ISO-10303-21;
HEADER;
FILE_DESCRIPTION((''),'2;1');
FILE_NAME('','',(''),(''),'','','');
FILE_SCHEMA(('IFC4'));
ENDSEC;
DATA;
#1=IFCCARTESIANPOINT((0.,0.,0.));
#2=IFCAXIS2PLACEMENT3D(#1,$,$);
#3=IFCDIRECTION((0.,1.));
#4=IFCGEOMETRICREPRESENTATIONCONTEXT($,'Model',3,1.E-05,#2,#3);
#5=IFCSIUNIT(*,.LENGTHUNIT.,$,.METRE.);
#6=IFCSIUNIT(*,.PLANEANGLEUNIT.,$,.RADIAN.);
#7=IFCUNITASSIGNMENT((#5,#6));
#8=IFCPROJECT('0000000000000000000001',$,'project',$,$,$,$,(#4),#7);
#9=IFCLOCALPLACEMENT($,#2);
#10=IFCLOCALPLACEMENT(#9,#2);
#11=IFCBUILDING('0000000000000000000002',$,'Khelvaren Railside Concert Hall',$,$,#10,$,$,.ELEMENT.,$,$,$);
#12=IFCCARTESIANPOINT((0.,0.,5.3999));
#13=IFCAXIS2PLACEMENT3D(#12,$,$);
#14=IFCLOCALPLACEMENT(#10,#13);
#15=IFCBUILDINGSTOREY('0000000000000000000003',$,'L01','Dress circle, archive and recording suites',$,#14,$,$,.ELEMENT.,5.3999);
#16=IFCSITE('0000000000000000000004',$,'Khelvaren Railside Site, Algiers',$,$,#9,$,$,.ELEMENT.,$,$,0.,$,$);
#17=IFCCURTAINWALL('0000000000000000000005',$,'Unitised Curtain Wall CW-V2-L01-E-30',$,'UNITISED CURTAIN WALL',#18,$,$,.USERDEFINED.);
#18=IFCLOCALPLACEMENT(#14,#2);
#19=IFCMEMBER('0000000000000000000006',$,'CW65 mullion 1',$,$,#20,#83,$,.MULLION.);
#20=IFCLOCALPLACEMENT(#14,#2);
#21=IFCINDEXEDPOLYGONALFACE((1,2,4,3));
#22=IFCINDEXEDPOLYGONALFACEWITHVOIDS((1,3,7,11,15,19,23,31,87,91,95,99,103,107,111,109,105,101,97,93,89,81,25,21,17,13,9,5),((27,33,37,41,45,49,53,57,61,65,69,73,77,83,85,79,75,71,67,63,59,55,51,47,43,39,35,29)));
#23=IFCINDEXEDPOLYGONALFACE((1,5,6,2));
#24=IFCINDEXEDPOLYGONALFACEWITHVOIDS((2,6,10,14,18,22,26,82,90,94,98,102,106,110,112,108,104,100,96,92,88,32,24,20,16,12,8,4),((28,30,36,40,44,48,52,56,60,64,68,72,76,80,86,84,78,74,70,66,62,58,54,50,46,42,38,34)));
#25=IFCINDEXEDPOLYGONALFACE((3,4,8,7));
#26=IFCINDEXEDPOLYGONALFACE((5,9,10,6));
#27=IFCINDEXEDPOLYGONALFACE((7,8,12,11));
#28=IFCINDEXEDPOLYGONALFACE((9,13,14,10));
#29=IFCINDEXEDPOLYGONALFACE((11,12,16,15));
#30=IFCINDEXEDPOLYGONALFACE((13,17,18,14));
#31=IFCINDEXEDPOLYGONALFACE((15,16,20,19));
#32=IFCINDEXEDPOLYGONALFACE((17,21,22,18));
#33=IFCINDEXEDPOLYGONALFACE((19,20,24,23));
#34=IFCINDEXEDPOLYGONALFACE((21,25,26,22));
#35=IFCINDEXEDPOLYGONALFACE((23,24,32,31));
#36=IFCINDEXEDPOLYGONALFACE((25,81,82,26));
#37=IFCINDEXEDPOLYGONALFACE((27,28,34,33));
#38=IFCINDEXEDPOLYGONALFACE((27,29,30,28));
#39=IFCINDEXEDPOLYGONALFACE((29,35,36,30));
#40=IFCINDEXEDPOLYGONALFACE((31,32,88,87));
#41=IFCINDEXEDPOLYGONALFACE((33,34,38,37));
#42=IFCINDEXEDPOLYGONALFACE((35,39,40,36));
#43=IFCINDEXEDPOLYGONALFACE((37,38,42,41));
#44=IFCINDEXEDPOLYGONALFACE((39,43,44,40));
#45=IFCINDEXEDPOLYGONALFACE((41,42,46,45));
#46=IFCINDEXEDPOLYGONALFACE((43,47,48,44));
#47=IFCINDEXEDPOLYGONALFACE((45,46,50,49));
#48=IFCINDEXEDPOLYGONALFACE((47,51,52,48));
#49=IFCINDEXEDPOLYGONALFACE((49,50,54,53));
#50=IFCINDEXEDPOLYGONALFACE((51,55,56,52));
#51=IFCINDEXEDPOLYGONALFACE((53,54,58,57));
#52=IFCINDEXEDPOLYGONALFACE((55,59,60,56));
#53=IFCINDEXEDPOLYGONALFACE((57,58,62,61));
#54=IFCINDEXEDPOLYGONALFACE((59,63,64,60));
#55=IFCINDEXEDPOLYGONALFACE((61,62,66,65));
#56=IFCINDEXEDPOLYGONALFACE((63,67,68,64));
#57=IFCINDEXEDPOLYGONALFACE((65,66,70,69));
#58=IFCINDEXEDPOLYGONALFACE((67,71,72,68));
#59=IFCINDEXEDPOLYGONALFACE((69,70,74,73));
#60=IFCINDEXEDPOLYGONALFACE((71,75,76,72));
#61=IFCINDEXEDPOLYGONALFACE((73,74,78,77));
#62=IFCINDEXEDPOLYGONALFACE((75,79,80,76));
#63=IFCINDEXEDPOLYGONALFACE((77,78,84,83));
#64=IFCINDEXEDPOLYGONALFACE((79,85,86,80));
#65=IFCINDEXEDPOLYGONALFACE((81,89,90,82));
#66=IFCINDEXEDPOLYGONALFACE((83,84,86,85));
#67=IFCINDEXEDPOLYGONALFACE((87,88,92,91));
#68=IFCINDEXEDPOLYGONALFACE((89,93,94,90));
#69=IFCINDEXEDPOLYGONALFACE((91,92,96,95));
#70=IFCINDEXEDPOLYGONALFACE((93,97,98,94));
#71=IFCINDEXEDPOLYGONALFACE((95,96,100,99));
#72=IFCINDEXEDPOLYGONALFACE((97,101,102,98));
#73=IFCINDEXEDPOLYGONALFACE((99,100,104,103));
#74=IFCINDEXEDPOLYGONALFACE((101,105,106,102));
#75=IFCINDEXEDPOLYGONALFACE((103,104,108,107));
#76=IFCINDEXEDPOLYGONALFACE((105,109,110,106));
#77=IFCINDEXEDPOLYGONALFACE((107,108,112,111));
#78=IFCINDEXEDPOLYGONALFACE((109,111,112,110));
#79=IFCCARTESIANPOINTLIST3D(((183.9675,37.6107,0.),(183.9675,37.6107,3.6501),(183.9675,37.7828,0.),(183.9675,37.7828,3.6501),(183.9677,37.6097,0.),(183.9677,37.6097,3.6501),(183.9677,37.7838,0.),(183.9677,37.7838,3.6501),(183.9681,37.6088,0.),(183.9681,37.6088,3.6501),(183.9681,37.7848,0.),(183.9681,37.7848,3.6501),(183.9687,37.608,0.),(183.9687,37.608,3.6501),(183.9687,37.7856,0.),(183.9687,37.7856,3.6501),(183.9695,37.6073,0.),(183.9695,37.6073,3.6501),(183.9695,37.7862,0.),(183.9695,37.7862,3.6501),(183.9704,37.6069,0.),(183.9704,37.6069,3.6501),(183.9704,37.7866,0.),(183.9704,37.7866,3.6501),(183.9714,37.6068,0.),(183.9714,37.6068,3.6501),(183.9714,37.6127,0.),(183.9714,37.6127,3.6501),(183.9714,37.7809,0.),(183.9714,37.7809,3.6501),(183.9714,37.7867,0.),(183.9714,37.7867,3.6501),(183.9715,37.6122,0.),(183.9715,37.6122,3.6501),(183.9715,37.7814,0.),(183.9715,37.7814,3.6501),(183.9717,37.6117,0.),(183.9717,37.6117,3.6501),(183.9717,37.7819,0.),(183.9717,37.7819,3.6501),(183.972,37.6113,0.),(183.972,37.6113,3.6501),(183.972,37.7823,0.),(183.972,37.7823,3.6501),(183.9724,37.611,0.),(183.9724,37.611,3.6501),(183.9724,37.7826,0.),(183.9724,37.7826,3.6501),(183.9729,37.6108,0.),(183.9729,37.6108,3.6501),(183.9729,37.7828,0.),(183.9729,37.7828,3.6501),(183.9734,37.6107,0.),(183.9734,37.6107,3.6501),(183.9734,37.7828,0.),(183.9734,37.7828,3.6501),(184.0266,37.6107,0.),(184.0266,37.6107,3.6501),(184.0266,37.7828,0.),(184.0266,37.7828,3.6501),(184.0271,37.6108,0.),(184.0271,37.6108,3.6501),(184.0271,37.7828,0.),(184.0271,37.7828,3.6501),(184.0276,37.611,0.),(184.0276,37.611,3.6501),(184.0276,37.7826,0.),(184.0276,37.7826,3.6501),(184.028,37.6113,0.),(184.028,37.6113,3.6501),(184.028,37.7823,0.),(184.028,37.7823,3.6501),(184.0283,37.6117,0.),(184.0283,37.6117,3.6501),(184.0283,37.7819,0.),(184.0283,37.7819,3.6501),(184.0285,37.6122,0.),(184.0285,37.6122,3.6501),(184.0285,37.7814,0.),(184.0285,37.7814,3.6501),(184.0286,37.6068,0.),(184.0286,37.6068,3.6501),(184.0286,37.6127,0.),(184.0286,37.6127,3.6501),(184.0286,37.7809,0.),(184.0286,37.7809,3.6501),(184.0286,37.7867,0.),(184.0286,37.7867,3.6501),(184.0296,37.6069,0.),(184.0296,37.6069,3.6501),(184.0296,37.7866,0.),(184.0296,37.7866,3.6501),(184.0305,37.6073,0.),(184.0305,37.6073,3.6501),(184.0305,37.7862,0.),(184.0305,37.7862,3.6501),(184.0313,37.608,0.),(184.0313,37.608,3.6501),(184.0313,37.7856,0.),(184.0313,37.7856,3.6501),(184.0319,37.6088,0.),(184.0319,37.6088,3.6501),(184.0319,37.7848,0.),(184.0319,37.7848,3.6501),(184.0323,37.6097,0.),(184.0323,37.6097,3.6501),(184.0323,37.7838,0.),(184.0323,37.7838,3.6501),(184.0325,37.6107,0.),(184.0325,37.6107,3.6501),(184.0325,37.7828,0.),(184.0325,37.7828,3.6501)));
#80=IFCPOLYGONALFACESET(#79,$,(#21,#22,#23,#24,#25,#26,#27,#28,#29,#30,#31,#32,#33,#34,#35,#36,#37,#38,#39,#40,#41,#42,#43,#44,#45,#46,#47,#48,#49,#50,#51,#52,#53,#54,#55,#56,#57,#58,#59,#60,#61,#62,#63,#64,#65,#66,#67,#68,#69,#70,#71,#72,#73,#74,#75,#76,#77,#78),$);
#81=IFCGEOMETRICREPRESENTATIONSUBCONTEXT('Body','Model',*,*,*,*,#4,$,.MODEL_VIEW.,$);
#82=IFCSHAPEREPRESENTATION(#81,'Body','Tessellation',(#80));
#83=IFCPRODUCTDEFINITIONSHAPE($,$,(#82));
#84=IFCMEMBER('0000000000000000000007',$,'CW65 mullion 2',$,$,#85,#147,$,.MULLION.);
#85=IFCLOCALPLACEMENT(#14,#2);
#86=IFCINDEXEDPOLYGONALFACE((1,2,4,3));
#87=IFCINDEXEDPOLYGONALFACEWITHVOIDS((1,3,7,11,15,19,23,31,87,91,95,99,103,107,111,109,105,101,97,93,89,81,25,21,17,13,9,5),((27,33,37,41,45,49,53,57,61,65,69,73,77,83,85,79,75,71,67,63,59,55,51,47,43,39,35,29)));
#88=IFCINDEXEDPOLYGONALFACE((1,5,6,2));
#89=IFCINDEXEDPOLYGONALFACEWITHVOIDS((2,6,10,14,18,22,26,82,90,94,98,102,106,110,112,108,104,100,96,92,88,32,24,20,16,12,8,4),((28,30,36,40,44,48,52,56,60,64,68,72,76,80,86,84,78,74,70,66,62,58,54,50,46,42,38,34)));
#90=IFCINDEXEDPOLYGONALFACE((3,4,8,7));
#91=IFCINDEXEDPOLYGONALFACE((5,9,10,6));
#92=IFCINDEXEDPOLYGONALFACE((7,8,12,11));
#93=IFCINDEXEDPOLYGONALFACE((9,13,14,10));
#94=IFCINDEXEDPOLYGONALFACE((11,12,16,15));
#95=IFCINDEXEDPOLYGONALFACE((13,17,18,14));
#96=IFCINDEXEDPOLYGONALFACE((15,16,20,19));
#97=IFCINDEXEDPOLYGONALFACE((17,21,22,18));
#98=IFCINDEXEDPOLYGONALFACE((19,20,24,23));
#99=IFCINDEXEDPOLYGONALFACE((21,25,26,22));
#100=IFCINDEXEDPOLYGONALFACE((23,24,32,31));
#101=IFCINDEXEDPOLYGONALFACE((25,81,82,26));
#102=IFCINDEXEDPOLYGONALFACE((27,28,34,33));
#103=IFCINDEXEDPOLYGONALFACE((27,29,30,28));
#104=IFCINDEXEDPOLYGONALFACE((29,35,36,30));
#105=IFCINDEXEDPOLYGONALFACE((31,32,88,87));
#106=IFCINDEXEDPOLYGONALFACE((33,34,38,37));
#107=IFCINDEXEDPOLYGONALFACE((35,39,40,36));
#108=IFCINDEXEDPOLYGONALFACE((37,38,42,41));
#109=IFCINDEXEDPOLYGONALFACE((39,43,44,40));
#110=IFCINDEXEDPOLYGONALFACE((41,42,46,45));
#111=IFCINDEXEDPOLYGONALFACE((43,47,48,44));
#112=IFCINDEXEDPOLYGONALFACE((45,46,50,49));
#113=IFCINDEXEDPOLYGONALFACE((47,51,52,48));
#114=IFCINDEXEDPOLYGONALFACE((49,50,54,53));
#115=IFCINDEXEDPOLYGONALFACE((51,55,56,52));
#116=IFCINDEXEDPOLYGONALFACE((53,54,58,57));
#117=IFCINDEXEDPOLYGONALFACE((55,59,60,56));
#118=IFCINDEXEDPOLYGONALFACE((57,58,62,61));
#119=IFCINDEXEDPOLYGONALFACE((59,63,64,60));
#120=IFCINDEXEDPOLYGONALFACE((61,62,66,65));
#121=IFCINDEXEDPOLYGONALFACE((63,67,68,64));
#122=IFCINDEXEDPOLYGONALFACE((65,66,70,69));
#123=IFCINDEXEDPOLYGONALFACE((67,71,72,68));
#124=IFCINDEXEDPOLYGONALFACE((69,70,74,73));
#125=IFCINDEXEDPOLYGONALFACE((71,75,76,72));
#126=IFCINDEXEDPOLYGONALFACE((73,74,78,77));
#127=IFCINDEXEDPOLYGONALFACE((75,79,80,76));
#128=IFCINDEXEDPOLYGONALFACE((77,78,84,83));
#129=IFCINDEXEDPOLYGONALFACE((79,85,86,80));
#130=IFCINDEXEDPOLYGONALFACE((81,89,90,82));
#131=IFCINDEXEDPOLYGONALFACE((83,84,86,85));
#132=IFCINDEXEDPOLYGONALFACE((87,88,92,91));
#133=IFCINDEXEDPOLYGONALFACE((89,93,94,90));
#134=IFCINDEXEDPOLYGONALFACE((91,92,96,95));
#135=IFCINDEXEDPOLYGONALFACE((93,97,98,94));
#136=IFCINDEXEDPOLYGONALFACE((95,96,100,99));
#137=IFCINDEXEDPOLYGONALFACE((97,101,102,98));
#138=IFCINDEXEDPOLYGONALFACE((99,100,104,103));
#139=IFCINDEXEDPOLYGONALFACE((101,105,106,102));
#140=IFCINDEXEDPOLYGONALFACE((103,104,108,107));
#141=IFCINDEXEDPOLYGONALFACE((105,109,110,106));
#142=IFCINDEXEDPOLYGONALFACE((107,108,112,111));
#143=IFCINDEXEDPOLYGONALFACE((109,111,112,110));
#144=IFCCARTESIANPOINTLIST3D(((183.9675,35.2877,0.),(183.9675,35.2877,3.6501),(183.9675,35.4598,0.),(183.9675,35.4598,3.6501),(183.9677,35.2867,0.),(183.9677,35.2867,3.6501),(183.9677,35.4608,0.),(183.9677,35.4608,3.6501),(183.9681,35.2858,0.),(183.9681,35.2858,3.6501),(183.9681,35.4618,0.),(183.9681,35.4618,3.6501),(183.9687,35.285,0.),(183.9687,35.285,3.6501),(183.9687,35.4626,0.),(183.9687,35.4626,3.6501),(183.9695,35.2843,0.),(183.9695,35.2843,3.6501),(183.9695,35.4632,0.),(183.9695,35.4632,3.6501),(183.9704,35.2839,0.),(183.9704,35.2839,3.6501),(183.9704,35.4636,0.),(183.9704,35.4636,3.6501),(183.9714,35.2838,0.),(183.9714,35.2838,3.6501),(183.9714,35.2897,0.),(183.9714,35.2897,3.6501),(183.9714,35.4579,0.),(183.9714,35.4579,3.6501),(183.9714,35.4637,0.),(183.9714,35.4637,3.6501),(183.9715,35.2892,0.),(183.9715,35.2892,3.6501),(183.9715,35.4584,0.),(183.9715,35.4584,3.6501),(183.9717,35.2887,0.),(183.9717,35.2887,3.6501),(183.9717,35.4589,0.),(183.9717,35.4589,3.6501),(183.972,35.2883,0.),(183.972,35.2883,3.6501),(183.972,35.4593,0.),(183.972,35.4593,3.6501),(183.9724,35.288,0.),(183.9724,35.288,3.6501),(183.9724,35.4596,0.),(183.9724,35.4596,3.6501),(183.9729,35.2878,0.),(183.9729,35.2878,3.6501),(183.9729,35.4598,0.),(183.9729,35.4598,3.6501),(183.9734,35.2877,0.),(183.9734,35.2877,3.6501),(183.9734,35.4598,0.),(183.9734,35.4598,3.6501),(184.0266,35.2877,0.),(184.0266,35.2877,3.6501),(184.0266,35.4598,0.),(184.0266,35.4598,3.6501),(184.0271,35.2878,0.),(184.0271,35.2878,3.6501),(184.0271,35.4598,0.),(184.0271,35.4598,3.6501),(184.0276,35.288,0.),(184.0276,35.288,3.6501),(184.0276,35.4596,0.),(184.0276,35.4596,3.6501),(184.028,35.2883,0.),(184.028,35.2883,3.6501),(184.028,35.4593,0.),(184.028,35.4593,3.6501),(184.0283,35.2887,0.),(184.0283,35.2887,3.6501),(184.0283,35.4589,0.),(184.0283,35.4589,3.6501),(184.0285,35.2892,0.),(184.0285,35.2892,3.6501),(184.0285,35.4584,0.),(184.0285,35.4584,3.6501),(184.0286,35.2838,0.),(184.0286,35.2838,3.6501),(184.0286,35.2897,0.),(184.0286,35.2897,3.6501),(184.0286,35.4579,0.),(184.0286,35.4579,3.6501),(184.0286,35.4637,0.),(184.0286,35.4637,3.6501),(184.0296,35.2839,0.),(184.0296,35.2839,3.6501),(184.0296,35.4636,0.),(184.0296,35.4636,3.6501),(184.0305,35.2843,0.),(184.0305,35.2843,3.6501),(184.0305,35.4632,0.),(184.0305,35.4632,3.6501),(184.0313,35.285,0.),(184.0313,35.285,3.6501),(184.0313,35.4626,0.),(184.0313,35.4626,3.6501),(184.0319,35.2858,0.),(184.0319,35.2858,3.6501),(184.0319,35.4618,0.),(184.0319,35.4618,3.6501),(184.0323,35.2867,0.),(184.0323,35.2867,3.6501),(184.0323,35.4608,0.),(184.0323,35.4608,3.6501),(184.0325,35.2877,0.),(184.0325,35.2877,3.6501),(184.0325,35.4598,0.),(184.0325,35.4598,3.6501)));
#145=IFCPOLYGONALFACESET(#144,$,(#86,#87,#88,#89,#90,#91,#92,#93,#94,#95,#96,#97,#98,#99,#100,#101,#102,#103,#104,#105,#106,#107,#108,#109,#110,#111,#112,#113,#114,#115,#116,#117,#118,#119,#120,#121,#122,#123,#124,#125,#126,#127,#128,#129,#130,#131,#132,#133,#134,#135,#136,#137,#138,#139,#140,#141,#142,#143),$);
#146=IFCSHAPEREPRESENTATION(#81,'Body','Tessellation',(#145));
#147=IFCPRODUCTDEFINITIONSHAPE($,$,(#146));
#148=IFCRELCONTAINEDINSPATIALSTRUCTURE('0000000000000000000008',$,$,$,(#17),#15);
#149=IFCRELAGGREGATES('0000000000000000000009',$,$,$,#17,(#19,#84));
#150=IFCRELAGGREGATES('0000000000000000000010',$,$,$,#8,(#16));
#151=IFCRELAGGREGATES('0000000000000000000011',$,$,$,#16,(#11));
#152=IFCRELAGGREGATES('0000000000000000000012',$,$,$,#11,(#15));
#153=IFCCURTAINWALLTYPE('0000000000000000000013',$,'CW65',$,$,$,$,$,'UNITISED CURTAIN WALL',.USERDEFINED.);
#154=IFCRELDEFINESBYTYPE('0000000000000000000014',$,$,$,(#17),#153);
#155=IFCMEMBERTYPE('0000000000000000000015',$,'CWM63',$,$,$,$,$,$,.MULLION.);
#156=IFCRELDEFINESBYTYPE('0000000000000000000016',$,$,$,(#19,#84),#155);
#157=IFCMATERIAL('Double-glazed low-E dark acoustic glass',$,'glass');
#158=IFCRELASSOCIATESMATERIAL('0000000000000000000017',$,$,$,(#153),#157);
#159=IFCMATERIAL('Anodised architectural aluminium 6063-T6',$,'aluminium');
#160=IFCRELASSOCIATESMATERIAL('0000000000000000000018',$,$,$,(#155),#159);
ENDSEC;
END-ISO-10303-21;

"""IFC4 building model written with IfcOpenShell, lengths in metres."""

from ifc_helpers import new_model, si_unit, direction, frame, origin, origin_2d, place, context, subcontext, project, spatial, hollow_rectangle, extrude, material, material_profile, profile_set, type_object, element, aggregate, save


model = new_model("IFC4")

# Units and contexts
model_context = context("Model", 3, precision=1e-05, world=origin(), true_north=direction((0.0, 1.0)))
body_context = subcontext(model_context, "Body", "Model", "MODEL_VIEW")
ifc_project = project(units=[si_unit("LENGTHUNIT", "METRE"), si_unit("PLANEANGLEUNIT", "RADIAN")], contexts=[model_context])

# Site, building, storey
site_placement = place(None, origin())
site = spatial("IfcSite", under=ifc_project, at=site_placement, Name="Khelvaren Railside Site, Algiers", CompositionType="ELEMENT", RefElevation=0.0)
building_placement = place(site_placement, origin())
building = spatial("IfcBuilding", under=site, at=building_placement, Name="Khelvaren Railside Concert Hall", CompositionType="ELEMENT")
storey_placement = place(building_placement, frame((0.0, 0.0, 5.3999)))
storey = spatial("IfcBuildingStorey", under=building, at=storey_placement, Name="L01", Description="Dress circle, archive and recording suites", CompositionType="ELEMENT", Elevation=5.3999)

# Curtain wall, members
ifc_material_1 = material(Name="Double-glazed low-E dark acoustic glass", Category="glass")
curtain_wall_type = type_object("IfcCurtainWallType", Name="CW65", ElementType="UNITISED CURTAIN WALL", PredefinedType="USERDEFINED", material=ifc_material_1)
curtain_wall_placement = place(storey_placement, origin())
curtain_wall = element("IfcCurtainWall", 1, at=curtain_wall_placement, inside=storey, type_object=curtain_wall_type, Name="Unitised Curtain Wall CW-V2-L01-E-30", ObjectType="UNITISED CURTAIN WALL", PredefinedType="USERDEFINED")
ifc_material_2 = material(Name="Anodised architectural aluminium 6063-T6", Category="aluminium")
ifc_material_profile_1 = material_profile(ifc_material_2, hollow_rectangle(XDim=0.0649, YDim=0.1799, WallThickness=0.0039, InnerFilletRadius=0.002, OuterFilletRadius=0.0039, at=origin_2d()), Name="CWM 65x180x4")
ifc_profile_set_1 = profile_set([ifc_material_profile_1], Name="Anodised architectural aluminium 6063-T6")
member_type_1 = type_object("IfcMemberType", Name="CWM63", PredefinedType="MULLION", material=ifc_profile_set_1)
member_1_placement = place(storey_placement, frame((184.0, 37.6968, 0.0), z_axis=(0.0, 0.0, 1.0), x_axis=(1.0, 0.0, 0.0)))
member_1 = element("IfcMember", 2, at=member_1_placement, type_object=member_type_1, Name="CW65 mullion 1", PredefinedType="MULLION", context=body_context, shape_type="SweptSolid", body=[
    extrude(hollow_rectangle(XDim=0.0649, YDim=0.1799, WallThickness=0.0039, InnerFilletRadius=0.002, OuterFilletRadius=0.0039, at=origin_2d()), origin(), (0.0, 0.0, 1.0), 3.6501),
])
member_2_placement = place(storey_placement, frame((184.0, 35.3738, 0.0), z_axis=(0.0, 0.0, 1.0), x_axis=(1.0, 0.0, 0.0)))
member_2 = element("IfcMember", 3, at=member_2_placement, type_object=member_type_1, Name="CW65 mullion 2", PredefinedType="MULLION", context=body_context, shape_type="SweptSolid", body=[
    extrude(hollow_rectangle(XDim=0.0649, YDim=0.1799, WallThickness=0.0039, InnerFilletRadius=0.002, OuterFilletRadius=0.0039, at=origin_2d()), origin(), (0.0, 0.0, 1.0), 3.6501),
])

aggregate(curtain_wall, [member_1, member_2])

save(model, "model.ifc")
